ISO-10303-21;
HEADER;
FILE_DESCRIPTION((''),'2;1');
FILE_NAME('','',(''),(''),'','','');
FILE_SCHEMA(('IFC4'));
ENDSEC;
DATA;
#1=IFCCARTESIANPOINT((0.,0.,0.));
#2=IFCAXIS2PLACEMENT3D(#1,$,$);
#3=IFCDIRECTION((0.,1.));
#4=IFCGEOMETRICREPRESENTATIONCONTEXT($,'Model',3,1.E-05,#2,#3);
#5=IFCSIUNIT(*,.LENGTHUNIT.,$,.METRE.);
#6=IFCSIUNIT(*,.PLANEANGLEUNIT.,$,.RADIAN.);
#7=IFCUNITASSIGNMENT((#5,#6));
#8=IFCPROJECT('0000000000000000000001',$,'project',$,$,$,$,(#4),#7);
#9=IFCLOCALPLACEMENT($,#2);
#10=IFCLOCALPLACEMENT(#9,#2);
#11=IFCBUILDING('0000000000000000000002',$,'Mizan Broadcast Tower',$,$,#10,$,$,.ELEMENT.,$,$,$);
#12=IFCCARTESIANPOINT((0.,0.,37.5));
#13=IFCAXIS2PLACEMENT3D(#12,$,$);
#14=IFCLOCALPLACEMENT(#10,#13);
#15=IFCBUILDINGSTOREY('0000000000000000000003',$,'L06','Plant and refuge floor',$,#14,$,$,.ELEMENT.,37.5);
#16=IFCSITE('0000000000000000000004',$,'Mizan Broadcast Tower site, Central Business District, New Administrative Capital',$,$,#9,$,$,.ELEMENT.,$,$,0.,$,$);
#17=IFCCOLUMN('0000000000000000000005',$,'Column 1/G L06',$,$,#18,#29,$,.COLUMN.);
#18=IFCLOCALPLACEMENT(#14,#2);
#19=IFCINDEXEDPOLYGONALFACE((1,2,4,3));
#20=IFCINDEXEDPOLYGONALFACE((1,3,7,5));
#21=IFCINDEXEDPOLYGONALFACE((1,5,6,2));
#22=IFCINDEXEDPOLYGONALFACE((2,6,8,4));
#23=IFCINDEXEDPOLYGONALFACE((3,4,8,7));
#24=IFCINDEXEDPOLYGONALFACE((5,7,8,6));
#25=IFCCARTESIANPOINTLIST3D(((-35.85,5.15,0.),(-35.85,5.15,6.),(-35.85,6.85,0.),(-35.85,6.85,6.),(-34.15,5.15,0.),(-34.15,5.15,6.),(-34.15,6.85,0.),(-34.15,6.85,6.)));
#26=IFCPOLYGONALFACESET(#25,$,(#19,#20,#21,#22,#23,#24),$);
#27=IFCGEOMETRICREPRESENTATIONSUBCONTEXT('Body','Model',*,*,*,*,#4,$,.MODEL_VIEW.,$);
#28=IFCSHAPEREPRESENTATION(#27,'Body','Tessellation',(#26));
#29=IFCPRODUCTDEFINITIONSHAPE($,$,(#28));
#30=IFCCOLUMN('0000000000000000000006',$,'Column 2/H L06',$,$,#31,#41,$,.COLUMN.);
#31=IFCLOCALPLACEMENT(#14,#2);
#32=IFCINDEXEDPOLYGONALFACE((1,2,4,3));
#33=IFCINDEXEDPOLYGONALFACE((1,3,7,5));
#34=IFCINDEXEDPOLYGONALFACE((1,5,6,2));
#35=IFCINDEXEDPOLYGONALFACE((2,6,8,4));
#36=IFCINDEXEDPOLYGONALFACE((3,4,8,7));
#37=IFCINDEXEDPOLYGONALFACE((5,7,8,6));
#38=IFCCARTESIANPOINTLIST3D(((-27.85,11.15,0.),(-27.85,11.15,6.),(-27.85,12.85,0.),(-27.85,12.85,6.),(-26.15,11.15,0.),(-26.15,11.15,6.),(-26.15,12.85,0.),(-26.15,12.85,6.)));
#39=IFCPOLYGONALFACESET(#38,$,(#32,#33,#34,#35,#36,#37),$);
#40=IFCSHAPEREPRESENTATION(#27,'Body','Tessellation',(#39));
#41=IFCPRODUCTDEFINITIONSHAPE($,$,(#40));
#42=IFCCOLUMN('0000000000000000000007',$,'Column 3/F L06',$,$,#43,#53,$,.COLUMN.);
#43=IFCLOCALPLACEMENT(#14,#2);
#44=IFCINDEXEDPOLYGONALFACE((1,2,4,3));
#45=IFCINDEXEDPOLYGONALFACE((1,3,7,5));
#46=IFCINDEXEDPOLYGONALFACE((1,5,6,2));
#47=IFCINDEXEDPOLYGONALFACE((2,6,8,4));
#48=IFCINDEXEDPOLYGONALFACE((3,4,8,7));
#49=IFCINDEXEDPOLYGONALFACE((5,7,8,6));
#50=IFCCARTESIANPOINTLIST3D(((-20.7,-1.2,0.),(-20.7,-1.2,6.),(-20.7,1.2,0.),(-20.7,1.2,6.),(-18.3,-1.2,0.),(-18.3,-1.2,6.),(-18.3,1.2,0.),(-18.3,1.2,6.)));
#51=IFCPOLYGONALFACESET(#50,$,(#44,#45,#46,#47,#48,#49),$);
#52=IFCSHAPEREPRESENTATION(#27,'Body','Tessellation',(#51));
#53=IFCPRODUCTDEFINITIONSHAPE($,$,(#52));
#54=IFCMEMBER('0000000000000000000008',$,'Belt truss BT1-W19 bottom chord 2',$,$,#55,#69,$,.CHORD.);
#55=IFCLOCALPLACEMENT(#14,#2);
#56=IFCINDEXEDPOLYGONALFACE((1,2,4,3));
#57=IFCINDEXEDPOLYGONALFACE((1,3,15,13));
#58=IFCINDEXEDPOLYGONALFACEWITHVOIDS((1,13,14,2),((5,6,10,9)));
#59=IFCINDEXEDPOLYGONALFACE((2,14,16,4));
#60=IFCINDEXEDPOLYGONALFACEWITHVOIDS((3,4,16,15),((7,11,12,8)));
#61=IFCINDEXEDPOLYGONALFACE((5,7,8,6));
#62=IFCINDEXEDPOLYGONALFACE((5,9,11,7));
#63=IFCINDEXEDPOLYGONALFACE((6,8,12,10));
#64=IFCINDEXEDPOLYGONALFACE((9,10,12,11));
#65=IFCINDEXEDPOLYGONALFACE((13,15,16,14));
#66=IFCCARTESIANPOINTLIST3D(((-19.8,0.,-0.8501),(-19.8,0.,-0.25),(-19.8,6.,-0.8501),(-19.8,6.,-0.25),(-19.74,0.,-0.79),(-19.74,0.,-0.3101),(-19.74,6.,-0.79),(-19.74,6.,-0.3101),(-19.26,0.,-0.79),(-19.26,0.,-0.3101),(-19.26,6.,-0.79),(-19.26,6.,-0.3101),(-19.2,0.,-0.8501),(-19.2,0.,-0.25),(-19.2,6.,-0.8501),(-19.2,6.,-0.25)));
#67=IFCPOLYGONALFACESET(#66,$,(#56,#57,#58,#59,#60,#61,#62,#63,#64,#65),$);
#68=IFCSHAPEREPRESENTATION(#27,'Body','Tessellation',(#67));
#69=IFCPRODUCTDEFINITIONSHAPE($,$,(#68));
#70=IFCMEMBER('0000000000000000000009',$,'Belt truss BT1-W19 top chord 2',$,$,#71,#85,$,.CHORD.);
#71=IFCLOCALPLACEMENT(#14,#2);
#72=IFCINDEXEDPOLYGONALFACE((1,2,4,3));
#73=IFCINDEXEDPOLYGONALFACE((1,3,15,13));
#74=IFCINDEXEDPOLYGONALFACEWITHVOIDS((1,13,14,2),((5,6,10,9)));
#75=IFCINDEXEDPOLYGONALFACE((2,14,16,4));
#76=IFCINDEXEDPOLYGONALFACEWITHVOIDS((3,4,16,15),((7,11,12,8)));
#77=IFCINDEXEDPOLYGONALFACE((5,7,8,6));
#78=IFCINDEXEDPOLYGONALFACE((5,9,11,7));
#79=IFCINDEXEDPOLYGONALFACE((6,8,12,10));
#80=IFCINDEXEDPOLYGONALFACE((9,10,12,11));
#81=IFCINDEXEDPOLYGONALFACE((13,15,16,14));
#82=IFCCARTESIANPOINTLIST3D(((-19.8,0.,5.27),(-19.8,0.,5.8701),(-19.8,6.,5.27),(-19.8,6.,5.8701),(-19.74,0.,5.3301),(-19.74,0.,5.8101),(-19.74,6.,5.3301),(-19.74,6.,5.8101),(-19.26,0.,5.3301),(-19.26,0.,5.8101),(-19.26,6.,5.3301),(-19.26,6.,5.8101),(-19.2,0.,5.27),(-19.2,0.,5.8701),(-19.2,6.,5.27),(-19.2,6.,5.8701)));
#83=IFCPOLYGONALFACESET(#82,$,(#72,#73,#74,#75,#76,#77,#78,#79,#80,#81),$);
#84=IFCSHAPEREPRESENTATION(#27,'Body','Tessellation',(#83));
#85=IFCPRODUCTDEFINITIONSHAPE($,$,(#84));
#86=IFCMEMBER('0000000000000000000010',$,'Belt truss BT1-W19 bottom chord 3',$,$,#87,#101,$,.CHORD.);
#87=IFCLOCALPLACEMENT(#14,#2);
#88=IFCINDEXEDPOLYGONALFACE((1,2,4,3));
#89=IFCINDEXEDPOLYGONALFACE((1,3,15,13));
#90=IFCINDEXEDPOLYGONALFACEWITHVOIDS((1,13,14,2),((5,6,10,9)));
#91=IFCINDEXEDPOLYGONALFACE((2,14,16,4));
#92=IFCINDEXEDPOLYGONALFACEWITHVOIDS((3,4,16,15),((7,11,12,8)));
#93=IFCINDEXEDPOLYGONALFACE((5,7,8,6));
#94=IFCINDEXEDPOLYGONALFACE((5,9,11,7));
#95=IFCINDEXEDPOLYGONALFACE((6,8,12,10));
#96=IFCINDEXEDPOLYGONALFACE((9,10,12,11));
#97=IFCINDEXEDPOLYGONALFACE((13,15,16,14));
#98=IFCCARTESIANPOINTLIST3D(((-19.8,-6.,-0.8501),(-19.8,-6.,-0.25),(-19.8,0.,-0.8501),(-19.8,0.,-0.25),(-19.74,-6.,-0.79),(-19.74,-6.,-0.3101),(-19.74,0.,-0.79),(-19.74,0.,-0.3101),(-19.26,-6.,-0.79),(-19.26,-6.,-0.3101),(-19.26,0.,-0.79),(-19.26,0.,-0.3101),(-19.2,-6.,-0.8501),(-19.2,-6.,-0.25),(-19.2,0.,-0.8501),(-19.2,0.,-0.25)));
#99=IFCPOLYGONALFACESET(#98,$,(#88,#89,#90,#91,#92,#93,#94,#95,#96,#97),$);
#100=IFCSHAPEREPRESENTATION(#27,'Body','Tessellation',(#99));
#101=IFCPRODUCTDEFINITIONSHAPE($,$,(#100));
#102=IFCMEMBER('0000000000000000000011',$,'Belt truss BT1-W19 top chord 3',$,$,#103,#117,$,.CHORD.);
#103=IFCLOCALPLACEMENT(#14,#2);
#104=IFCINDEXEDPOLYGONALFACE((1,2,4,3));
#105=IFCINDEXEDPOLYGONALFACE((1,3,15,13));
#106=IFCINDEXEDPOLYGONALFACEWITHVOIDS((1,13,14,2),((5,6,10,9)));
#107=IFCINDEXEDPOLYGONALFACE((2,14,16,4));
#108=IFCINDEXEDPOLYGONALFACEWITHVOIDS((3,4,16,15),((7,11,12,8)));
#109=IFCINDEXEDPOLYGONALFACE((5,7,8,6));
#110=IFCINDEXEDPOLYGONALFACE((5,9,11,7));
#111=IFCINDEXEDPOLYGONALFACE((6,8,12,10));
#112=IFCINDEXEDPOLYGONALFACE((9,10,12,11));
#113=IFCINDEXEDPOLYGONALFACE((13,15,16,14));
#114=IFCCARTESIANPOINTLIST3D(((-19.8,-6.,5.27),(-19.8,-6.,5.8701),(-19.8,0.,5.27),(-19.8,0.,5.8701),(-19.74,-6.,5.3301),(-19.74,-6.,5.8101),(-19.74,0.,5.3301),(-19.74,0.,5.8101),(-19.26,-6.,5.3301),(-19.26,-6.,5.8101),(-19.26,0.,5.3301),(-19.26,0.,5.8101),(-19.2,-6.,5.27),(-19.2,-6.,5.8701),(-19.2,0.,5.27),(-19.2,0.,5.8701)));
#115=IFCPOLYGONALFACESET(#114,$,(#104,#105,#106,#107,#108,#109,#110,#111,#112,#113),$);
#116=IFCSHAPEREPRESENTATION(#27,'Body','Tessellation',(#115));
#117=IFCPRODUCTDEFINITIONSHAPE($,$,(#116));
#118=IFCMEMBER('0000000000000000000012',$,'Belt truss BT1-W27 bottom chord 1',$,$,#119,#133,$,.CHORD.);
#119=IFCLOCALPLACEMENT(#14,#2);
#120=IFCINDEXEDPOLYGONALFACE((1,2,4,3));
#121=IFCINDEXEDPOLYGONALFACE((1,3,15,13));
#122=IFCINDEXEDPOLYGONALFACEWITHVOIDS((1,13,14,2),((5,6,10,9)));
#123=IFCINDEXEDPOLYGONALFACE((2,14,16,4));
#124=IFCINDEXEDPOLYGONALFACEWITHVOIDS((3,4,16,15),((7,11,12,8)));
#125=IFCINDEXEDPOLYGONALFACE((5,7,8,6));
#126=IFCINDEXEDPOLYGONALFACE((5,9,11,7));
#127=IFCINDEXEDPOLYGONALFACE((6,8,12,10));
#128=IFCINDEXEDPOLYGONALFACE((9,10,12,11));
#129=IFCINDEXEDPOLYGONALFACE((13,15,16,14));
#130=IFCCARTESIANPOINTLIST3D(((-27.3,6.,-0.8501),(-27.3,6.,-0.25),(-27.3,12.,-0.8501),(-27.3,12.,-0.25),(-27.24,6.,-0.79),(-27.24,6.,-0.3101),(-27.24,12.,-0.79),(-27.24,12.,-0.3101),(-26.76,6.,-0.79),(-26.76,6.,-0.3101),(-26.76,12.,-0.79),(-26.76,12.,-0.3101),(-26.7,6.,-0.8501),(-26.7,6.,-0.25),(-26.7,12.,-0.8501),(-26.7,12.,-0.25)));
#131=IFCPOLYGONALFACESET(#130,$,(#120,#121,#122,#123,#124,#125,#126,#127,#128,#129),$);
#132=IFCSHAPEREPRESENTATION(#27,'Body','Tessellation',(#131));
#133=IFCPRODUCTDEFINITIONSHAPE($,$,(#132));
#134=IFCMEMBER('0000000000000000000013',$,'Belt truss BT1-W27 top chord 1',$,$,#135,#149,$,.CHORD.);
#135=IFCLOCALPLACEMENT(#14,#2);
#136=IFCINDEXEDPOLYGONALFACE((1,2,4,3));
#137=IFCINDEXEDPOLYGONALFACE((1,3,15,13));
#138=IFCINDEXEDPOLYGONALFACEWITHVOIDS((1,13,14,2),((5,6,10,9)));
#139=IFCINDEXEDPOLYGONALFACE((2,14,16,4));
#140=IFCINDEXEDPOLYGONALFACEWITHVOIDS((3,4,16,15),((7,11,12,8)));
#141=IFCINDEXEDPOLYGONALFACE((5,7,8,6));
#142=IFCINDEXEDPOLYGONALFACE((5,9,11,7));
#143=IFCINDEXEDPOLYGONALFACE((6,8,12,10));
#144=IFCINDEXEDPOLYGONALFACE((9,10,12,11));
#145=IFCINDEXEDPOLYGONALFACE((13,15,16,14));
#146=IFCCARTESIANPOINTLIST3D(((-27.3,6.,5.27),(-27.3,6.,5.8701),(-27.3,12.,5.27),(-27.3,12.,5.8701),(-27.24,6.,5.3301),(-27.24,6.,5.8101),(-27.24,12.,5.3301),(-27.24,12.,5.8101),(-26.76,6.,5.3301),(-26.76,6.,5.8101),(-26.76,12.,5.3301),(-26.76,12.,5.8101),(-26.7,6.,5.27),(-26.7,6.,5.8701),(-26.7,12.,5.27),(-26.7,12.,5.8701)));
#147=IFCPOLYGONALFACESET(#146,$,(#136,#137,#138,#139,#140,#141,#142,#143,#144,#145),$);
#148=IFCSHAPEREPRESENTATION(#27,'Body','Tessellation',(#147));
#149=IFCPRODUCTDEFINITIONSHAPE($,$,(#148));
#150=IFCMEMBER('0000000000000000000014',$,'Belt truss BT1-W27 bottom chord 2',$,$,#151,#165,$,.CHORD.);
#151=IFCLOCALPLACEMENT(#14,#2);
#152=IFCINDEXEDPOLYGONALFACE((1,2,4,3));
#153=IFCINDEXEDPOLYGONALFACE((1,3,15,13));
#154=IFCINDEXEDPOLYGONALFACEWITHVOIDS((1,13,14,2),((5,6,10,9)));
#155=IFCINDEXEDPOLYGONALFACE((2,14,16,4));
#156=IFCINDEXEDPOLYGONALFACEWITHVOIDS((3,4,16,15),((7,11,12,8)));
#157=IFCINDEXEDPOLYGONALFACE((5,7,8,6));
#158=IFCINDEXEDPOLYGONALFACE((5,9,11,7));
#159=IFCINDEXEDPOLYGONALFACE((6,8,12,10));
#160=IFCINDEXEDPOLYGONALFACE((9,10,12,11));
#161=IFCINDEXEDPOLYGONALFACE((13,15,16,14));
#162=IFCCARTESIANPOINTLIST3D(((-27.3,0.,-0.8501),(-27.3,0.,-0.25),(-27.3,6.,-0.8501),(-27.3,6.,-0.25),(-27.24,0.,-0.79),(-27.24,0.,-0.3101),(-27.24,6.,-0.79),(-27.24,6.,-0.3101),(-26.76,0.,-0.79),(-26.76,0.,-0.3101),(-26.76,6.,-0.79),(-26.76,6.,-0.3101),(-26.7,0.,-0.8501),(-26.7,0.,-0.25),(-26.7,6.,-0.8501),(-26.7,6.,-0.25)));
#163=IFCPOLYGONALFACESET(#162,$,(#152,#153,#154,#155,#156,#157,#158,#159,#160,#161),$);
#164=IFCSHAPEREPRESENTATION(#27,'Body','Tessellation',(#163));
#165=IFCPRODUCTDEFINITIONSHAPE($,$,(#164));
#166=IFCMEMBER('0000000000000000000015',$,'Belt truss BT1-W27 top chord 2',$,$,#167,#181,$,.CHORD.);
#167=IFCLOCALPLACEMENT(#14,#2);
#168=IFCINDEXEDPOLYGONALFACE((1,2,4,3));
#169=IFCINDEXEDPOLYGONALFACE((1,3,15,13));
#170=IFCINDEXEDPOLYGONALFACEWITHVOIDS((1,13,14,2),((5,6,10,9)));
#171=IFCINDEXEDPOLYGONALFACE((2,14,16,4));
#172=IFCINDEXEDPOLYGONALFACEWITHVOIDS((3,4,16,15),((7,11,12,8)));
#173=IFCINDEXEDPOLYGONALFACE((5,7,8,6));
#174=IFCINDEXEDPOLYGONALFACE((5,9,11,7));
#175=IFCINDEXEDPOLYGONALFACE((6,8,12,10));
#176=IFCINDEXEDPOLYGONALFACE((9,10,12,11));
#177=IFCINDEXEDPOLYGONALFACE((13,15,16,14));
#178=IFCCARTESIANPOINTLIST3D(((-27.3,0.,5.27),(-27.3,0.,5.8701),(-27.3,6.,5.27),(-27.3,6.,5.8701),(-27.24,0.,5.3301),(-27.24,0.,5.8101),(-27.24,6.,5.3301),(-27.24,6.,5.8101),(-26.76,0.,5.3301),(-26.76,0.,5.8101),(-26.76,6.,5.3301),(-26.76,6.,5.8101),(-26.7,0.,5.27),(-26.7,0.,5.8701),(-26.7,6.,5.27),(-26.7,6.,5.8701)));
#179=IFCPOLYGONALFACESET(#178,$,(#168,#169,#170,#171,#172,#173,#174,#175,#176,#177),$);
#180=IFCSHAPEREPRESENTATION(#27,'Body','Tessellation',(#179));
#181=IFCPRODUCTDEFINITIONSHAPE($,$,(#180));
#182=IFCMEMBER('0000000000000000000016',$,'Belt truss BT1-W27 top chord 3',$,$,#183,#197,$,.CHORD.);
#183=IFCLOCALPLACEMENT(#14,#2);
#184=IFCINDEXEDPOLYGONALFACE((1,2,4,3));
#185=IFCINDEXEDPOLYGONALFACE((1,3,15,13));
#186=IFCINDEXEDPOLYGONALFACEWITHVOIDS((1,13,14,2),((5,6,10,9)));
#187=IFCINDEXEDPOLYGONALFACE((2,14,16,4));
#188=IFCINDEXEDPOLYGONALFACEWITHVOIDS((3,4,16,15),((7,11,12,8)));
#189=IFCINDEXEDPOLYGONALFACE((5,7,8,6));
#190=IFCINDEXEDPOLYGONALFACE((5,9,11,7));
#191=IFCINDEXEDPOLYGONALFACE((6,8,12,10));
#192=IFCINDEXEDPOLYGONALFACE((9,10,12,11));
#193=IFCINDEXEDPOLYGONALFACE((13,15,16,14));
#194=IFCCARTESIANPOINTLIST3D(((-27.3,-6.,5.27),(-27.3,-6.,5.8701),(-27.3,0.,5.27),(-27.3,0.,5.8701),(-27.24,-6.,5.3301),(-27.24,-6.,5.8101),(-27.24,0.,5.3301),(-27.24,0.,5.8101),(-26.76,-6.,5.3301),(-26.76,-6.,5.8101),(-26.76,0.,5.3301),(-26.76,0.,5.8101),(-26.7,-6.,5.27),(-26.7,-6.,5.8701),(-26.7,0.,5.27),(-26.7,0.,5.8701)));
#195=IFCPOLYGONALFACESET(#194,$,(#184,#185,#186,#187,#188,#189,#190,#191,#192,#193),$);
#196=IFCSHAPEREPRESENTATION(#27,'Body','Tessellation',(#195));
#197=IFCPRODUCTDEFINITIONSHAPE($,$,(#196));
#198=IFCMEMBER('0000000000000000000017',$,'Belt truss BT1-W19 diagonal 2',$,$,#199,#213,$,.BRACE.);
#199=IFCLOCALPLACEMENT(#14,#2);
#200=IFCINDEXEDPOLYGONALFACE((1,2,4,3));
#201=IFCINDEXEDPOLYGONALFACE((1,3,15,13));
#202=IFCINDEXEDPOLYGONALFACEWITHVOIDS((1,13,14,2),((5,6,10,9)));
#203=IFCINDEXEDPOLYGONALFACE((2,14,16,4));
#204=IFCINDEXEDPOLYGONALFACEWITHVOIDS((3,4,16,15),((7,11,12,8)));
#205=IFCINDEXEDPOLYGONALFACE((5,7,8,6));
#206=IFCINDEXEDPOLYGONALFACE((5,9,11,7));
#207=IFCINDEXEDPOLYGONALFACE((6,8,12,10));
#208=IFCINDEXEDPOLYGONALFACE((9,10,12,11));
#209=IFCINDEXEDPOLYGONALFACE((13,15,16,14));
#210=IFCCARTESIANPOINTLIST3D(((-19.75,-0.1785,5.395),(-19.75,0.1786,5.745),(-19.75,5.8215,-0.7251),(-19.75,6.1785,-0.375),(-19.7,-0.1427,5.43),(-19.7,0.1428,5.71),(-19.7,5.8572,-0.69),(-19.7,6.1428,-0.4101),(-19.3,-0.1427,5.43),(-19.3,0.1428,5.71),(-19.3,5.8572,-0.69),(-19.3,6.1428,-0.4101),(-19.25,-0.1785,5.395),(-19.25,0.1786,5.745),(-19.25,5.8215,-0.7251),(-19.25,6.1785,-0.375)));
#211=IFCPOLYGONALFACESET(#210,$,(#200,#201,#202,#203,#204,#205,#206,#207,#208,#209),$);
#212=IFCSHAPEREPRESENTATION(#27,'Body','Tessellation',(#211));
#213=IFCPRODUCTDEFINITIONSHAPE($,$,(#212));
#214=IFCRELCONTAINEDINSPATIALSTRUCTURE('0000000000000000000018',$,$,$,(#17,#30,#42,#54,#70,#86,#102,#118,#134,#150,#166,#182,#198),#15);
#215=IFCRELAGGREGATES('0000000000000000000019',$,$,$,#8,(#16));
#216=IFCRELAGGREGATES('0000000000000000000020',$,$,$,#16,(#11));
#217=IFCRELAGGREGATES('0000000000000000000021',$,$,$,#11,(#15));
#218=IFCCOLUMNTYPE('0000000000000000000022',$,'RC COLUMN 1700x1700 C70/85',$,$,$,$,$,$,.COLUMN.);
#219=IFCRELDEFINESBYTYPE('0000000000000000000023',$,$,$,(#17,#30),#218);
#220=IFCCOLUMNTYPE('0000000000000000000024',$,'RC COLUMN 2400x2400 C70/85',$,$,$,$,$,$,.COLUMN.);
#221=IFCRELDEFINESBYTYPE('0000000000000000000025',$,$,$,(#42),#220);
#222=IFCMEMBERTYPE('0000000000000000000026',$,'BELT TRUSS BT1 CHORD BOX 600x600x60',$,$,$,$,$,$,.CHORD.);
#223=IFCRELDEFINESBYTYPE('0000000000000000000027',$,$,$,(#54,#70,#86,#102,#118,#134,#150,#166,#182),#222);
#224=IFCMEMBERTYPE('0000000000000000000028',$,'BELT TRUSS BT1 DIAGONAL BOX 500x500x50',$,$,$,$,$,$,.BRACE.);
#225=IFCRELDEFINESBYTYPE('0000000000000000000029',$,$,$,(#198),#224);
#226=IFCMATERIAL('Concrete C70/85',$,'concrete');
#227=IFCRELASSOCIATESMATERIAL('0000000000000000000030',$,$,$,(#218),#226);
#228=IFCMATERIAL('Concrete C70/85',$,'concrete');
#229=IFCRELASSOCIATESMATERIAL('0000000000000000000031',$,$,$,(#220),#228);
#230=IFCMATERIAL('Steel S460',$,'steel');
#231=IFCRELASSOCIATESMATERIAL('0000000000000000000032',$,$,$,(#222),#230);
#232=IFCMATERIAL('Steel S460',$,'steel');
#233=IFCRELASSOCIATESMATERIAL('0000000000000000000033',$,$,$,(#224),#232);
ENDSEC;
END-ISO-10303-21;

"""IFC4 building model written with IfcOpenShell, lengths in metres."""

from ifc_helpers import new_model, si_unit, direction, frame, origin, origin_2d, place, context, subcontext, project, spatial, rectangle, hollow_rectangle, extrude, material, material_profile, profile_set, type_object, element, save


model = new_model("IFC4")

# Units and contexts
model_context = context("Model", 3, precision=1e-05, world=origin(), true_north=direction((0.0, 1.0)))
body_context = subcontext(model_context, "Body", "Model", "MODEL_VIEW")
ifc_project = project(units=[si_unit("LENGTHUNIT", "METRE"), si_unit("PLANEANGLEUNIT", "RADIAN")], contexts=[model_context])

# Site, building, storey
site_placement = place(None, origin())
site = spatial("IfcSite", under=ifc_project, at=site_placement, Name="Mizan Broadcast Tower site, Central Business District, New Administrative Capital", CompositionType="ELEMENT", RefElevation=0.0)
building_placement = place(site_placement, origin())
building = spatial("IfcBuilding", under=site, at=building_placement, Name="Mizan Broadcast Tower", CompositionType="ELEMENT")
storey_placement = place(building_placement, frame((0.0, 0.0, 37.5)))
storey = spatial("IfcBuildingStorey", under=building, at=storey_placement, Name="L06", Description="Plant and refuge floor", CompositionType="ELEMENT", Elevation=37.5)

# Columns
ifc_material_1 = material(Name="Concrete C70/85", Category="concrete")
ifc_material_profile_1 = material_profile(ifc_material_1, rectangle(XDim=1.7, YDim=1.7, at=origin_2d()), Name="RC 1700x1700")
ifc_profile_set_1 = profile_set([ifc_material_profile_1], Name="Concrete C70/85")
column_type_1 = type_object("IfcColumnType", Name="RC COLUMN 1700x1700 C70/85", PredefinedType="COLUMN", material=ifc_profile_set_1)
for number, where, z_axis, x_axis, name in (
    (1, (-35.0, 6.0, 0.0), (0.0, 0.0, 1.0), (1.0, 0.0, 0.0), "Column 1/G L06"),
    (2, (-27.0, 12.0, 0.0), (0.0, 0.0, 1.0), (1.0, 0.0, 0.0), "Column 2/H L06"),
):
    element("IfcColumn", number, at=place(storey_placement, frame(where, z_axis=z_axis, x_axis=x_axis)), inside=storey, type_object=column_type_1, Name=name, PredefinedType="COLUMN", context=body_context, shape_type="SweptSolid", body=[
        extrude(rectangle(XDim=1.7, YDim=1.7, at=origin_2d()), origin(), (0.0, 0.0, 1.0), 6.0),
    ])
ifc_material_2 = material(Name="Concrete C70/85", Category="concrete")
ifc_material_profile_2 = material_profile(ifc_material_2, rectangle(XDim=2.3999, YDim=2.3999, at=origin_2d()), Name="RC 2400x2400")
ifc_profile_set_2 = profile_set([ifc_material_profile_2], Name="Concrete C70/85")
column_type_2 = type_object("IfcColumnType", Name="RC COLUMN 2400x2400 C70/85", PredefinedType="COLUMN", material=ifc_profile_set_2)
column_placement = place(storey_placement, frame((-19.5, 0.0, 0.0), z_axis=(0.0, 0.0, 1.0), x_axis=(1.0, 0.0, 0.0)))
element("IfcColumn", 3, at=column_placement, inside=storey, type_object=column_type_2, Name="Column 3/F L06", PredefinedType="COLUMN", context=body_context, shape_type="SweptSolid", body=[
    extrude(rectangle(XDim=2.3999, YDim=2.3999, at=origin_2d()), origin(), (0.0, 0.0, 1.0), 6.0),
])

# Members
ifc_material_3 = material(Name="Steel S460", Category="steel")
ifc_material_profile_3 = material_profile(ifc_material_3, hollow_rectangle(XDim=0.6001, YDim=0.6001, WallThickness=0.0601, at=origin_2d()), Name="BOX 600x600x60")
ifc_profile_set_3 = profile_set([ifc_material_profile_3], Name="Steel S460")
member_type_1 = type_object("IfcMemberType", Name="BELT TRUSS BT1 CHORD BOX 600x600x60", PredefinedType="CHORD", material=ifc_profile_set_3)
for number, where, z_axis, x_axis, name in (
    (4, (-19.5, 6.0, -0.55), (0.0, -1.0, 0.0), (1.0, 0.0, 0.0), "Belt truss BT1-W19 bottom chord 2"),
    (5, (-19.5, 6.0, 5.5701), (0.0, -1.0, 0.0), (1.0, 0.0, 0.0), "Belt truss BT1-W19 top chord 2"),
    (6, (-19.5, 0.0, -0.55), (0.0, -1.0, 0.0), (1.0, 0.0, 0.0), "Belt truss BT1-W19 bottom chord 3"),
    (7, (-19.5, 0.0, 5.5701), (0.0, -1.0, 0.0), (1.0, 0.0, 0.0), "Belt truss BT1-W19 top chord 3"),
    (8, (-27.0, 12.0, -0.55), (0.0, -1.0, 0.0), (1.0, 0.0, 0.0), "Belt truss BT1-W27 bottom chord 1"),
    (9, (-27.0, 12.0, 5.5701), (0.0, -1.0, 0.0), (1.0, 0.0, 0.0), "Belt truss BT1-W27 top chord 1"),
    (10, (-27.0, 6.0, -0.55), (0.0, -1.0, 0.0), (1.0, 0.0, 0.0), "Belt truss BT1-W27 bottom chord 2"),
    (11, (-27.0, 6.0, 5.5701), (0.0, -1.0, 0.0), (1.0, 0.0, 0.0), "Belt truss BT1-W27 top chord 2"),
    (12, (-27.0, 0.0, 5.5701), (0.0, -1.0, 0.0), (1.0, 0.0, 0.0), "Belt truss BT1-W27 top chord 3"),
):
    element("IfcMember", number, at=place(storey_placement, frame(where, z_axis=z_axis, x_axis=x_axis)), inside=storey, type_object=member_type_1, Name=name, PredefinedType="CHORD", context=body_context, shape_type="SweptSolid", body=[
        extrude(hollow_rectangle(XDim=0.6001, YDim=0.6001, WallThickness=0.0601, at=origin_2d()), origin(), (0.0, 0.0, 1.0), 6.0),
    ])
ifc_material_4 = material(Name="Steel S460", Category="steel")
ifc_material_profile_4 = material_profile(ifc_material_4, hollow_rectangle(XDim=0.5, YDim=0.5, WallThickness=0.05, at=origin_2d()), Name="BOX 500x500x50")
ifc_profile_set_4 = profile_set([ifc_material_profile_4], Name="Steel S460")
member_type_2 = type_object("IfcMemberType", Name="BELT TRUSS BT1 DIAGONAL BOX 500x500x50", PredefinedType="BRACE", material=ifc_profile_set_4)
for number, where, z_axis, x_axis, name in (
    (13, (-19.5, 6.0, -0.55), (0.0, -0.700065, 0.71408), (1.0, 0.0, 0.0), "Belt truss BT1-W19 diagonal 2"),
):
    element("IfcMember", number, at=place(storey_placement, frame(where, z_axis=z_axis, x_axis=x_axis)), inside=storey, type_object=member_type_2, Name=name, PredefinedType="BRACE", context=body_context, shape_type="SweptSolid", body=[
        extrude(hollow_rectangle(XDim=0.5, YDim=0.5, WallThickness=0.05, at=origin_2d()), origin(), (0.0, 0.0, 1.0), 8.5706),
    ])

save(model, "model.ifc")
